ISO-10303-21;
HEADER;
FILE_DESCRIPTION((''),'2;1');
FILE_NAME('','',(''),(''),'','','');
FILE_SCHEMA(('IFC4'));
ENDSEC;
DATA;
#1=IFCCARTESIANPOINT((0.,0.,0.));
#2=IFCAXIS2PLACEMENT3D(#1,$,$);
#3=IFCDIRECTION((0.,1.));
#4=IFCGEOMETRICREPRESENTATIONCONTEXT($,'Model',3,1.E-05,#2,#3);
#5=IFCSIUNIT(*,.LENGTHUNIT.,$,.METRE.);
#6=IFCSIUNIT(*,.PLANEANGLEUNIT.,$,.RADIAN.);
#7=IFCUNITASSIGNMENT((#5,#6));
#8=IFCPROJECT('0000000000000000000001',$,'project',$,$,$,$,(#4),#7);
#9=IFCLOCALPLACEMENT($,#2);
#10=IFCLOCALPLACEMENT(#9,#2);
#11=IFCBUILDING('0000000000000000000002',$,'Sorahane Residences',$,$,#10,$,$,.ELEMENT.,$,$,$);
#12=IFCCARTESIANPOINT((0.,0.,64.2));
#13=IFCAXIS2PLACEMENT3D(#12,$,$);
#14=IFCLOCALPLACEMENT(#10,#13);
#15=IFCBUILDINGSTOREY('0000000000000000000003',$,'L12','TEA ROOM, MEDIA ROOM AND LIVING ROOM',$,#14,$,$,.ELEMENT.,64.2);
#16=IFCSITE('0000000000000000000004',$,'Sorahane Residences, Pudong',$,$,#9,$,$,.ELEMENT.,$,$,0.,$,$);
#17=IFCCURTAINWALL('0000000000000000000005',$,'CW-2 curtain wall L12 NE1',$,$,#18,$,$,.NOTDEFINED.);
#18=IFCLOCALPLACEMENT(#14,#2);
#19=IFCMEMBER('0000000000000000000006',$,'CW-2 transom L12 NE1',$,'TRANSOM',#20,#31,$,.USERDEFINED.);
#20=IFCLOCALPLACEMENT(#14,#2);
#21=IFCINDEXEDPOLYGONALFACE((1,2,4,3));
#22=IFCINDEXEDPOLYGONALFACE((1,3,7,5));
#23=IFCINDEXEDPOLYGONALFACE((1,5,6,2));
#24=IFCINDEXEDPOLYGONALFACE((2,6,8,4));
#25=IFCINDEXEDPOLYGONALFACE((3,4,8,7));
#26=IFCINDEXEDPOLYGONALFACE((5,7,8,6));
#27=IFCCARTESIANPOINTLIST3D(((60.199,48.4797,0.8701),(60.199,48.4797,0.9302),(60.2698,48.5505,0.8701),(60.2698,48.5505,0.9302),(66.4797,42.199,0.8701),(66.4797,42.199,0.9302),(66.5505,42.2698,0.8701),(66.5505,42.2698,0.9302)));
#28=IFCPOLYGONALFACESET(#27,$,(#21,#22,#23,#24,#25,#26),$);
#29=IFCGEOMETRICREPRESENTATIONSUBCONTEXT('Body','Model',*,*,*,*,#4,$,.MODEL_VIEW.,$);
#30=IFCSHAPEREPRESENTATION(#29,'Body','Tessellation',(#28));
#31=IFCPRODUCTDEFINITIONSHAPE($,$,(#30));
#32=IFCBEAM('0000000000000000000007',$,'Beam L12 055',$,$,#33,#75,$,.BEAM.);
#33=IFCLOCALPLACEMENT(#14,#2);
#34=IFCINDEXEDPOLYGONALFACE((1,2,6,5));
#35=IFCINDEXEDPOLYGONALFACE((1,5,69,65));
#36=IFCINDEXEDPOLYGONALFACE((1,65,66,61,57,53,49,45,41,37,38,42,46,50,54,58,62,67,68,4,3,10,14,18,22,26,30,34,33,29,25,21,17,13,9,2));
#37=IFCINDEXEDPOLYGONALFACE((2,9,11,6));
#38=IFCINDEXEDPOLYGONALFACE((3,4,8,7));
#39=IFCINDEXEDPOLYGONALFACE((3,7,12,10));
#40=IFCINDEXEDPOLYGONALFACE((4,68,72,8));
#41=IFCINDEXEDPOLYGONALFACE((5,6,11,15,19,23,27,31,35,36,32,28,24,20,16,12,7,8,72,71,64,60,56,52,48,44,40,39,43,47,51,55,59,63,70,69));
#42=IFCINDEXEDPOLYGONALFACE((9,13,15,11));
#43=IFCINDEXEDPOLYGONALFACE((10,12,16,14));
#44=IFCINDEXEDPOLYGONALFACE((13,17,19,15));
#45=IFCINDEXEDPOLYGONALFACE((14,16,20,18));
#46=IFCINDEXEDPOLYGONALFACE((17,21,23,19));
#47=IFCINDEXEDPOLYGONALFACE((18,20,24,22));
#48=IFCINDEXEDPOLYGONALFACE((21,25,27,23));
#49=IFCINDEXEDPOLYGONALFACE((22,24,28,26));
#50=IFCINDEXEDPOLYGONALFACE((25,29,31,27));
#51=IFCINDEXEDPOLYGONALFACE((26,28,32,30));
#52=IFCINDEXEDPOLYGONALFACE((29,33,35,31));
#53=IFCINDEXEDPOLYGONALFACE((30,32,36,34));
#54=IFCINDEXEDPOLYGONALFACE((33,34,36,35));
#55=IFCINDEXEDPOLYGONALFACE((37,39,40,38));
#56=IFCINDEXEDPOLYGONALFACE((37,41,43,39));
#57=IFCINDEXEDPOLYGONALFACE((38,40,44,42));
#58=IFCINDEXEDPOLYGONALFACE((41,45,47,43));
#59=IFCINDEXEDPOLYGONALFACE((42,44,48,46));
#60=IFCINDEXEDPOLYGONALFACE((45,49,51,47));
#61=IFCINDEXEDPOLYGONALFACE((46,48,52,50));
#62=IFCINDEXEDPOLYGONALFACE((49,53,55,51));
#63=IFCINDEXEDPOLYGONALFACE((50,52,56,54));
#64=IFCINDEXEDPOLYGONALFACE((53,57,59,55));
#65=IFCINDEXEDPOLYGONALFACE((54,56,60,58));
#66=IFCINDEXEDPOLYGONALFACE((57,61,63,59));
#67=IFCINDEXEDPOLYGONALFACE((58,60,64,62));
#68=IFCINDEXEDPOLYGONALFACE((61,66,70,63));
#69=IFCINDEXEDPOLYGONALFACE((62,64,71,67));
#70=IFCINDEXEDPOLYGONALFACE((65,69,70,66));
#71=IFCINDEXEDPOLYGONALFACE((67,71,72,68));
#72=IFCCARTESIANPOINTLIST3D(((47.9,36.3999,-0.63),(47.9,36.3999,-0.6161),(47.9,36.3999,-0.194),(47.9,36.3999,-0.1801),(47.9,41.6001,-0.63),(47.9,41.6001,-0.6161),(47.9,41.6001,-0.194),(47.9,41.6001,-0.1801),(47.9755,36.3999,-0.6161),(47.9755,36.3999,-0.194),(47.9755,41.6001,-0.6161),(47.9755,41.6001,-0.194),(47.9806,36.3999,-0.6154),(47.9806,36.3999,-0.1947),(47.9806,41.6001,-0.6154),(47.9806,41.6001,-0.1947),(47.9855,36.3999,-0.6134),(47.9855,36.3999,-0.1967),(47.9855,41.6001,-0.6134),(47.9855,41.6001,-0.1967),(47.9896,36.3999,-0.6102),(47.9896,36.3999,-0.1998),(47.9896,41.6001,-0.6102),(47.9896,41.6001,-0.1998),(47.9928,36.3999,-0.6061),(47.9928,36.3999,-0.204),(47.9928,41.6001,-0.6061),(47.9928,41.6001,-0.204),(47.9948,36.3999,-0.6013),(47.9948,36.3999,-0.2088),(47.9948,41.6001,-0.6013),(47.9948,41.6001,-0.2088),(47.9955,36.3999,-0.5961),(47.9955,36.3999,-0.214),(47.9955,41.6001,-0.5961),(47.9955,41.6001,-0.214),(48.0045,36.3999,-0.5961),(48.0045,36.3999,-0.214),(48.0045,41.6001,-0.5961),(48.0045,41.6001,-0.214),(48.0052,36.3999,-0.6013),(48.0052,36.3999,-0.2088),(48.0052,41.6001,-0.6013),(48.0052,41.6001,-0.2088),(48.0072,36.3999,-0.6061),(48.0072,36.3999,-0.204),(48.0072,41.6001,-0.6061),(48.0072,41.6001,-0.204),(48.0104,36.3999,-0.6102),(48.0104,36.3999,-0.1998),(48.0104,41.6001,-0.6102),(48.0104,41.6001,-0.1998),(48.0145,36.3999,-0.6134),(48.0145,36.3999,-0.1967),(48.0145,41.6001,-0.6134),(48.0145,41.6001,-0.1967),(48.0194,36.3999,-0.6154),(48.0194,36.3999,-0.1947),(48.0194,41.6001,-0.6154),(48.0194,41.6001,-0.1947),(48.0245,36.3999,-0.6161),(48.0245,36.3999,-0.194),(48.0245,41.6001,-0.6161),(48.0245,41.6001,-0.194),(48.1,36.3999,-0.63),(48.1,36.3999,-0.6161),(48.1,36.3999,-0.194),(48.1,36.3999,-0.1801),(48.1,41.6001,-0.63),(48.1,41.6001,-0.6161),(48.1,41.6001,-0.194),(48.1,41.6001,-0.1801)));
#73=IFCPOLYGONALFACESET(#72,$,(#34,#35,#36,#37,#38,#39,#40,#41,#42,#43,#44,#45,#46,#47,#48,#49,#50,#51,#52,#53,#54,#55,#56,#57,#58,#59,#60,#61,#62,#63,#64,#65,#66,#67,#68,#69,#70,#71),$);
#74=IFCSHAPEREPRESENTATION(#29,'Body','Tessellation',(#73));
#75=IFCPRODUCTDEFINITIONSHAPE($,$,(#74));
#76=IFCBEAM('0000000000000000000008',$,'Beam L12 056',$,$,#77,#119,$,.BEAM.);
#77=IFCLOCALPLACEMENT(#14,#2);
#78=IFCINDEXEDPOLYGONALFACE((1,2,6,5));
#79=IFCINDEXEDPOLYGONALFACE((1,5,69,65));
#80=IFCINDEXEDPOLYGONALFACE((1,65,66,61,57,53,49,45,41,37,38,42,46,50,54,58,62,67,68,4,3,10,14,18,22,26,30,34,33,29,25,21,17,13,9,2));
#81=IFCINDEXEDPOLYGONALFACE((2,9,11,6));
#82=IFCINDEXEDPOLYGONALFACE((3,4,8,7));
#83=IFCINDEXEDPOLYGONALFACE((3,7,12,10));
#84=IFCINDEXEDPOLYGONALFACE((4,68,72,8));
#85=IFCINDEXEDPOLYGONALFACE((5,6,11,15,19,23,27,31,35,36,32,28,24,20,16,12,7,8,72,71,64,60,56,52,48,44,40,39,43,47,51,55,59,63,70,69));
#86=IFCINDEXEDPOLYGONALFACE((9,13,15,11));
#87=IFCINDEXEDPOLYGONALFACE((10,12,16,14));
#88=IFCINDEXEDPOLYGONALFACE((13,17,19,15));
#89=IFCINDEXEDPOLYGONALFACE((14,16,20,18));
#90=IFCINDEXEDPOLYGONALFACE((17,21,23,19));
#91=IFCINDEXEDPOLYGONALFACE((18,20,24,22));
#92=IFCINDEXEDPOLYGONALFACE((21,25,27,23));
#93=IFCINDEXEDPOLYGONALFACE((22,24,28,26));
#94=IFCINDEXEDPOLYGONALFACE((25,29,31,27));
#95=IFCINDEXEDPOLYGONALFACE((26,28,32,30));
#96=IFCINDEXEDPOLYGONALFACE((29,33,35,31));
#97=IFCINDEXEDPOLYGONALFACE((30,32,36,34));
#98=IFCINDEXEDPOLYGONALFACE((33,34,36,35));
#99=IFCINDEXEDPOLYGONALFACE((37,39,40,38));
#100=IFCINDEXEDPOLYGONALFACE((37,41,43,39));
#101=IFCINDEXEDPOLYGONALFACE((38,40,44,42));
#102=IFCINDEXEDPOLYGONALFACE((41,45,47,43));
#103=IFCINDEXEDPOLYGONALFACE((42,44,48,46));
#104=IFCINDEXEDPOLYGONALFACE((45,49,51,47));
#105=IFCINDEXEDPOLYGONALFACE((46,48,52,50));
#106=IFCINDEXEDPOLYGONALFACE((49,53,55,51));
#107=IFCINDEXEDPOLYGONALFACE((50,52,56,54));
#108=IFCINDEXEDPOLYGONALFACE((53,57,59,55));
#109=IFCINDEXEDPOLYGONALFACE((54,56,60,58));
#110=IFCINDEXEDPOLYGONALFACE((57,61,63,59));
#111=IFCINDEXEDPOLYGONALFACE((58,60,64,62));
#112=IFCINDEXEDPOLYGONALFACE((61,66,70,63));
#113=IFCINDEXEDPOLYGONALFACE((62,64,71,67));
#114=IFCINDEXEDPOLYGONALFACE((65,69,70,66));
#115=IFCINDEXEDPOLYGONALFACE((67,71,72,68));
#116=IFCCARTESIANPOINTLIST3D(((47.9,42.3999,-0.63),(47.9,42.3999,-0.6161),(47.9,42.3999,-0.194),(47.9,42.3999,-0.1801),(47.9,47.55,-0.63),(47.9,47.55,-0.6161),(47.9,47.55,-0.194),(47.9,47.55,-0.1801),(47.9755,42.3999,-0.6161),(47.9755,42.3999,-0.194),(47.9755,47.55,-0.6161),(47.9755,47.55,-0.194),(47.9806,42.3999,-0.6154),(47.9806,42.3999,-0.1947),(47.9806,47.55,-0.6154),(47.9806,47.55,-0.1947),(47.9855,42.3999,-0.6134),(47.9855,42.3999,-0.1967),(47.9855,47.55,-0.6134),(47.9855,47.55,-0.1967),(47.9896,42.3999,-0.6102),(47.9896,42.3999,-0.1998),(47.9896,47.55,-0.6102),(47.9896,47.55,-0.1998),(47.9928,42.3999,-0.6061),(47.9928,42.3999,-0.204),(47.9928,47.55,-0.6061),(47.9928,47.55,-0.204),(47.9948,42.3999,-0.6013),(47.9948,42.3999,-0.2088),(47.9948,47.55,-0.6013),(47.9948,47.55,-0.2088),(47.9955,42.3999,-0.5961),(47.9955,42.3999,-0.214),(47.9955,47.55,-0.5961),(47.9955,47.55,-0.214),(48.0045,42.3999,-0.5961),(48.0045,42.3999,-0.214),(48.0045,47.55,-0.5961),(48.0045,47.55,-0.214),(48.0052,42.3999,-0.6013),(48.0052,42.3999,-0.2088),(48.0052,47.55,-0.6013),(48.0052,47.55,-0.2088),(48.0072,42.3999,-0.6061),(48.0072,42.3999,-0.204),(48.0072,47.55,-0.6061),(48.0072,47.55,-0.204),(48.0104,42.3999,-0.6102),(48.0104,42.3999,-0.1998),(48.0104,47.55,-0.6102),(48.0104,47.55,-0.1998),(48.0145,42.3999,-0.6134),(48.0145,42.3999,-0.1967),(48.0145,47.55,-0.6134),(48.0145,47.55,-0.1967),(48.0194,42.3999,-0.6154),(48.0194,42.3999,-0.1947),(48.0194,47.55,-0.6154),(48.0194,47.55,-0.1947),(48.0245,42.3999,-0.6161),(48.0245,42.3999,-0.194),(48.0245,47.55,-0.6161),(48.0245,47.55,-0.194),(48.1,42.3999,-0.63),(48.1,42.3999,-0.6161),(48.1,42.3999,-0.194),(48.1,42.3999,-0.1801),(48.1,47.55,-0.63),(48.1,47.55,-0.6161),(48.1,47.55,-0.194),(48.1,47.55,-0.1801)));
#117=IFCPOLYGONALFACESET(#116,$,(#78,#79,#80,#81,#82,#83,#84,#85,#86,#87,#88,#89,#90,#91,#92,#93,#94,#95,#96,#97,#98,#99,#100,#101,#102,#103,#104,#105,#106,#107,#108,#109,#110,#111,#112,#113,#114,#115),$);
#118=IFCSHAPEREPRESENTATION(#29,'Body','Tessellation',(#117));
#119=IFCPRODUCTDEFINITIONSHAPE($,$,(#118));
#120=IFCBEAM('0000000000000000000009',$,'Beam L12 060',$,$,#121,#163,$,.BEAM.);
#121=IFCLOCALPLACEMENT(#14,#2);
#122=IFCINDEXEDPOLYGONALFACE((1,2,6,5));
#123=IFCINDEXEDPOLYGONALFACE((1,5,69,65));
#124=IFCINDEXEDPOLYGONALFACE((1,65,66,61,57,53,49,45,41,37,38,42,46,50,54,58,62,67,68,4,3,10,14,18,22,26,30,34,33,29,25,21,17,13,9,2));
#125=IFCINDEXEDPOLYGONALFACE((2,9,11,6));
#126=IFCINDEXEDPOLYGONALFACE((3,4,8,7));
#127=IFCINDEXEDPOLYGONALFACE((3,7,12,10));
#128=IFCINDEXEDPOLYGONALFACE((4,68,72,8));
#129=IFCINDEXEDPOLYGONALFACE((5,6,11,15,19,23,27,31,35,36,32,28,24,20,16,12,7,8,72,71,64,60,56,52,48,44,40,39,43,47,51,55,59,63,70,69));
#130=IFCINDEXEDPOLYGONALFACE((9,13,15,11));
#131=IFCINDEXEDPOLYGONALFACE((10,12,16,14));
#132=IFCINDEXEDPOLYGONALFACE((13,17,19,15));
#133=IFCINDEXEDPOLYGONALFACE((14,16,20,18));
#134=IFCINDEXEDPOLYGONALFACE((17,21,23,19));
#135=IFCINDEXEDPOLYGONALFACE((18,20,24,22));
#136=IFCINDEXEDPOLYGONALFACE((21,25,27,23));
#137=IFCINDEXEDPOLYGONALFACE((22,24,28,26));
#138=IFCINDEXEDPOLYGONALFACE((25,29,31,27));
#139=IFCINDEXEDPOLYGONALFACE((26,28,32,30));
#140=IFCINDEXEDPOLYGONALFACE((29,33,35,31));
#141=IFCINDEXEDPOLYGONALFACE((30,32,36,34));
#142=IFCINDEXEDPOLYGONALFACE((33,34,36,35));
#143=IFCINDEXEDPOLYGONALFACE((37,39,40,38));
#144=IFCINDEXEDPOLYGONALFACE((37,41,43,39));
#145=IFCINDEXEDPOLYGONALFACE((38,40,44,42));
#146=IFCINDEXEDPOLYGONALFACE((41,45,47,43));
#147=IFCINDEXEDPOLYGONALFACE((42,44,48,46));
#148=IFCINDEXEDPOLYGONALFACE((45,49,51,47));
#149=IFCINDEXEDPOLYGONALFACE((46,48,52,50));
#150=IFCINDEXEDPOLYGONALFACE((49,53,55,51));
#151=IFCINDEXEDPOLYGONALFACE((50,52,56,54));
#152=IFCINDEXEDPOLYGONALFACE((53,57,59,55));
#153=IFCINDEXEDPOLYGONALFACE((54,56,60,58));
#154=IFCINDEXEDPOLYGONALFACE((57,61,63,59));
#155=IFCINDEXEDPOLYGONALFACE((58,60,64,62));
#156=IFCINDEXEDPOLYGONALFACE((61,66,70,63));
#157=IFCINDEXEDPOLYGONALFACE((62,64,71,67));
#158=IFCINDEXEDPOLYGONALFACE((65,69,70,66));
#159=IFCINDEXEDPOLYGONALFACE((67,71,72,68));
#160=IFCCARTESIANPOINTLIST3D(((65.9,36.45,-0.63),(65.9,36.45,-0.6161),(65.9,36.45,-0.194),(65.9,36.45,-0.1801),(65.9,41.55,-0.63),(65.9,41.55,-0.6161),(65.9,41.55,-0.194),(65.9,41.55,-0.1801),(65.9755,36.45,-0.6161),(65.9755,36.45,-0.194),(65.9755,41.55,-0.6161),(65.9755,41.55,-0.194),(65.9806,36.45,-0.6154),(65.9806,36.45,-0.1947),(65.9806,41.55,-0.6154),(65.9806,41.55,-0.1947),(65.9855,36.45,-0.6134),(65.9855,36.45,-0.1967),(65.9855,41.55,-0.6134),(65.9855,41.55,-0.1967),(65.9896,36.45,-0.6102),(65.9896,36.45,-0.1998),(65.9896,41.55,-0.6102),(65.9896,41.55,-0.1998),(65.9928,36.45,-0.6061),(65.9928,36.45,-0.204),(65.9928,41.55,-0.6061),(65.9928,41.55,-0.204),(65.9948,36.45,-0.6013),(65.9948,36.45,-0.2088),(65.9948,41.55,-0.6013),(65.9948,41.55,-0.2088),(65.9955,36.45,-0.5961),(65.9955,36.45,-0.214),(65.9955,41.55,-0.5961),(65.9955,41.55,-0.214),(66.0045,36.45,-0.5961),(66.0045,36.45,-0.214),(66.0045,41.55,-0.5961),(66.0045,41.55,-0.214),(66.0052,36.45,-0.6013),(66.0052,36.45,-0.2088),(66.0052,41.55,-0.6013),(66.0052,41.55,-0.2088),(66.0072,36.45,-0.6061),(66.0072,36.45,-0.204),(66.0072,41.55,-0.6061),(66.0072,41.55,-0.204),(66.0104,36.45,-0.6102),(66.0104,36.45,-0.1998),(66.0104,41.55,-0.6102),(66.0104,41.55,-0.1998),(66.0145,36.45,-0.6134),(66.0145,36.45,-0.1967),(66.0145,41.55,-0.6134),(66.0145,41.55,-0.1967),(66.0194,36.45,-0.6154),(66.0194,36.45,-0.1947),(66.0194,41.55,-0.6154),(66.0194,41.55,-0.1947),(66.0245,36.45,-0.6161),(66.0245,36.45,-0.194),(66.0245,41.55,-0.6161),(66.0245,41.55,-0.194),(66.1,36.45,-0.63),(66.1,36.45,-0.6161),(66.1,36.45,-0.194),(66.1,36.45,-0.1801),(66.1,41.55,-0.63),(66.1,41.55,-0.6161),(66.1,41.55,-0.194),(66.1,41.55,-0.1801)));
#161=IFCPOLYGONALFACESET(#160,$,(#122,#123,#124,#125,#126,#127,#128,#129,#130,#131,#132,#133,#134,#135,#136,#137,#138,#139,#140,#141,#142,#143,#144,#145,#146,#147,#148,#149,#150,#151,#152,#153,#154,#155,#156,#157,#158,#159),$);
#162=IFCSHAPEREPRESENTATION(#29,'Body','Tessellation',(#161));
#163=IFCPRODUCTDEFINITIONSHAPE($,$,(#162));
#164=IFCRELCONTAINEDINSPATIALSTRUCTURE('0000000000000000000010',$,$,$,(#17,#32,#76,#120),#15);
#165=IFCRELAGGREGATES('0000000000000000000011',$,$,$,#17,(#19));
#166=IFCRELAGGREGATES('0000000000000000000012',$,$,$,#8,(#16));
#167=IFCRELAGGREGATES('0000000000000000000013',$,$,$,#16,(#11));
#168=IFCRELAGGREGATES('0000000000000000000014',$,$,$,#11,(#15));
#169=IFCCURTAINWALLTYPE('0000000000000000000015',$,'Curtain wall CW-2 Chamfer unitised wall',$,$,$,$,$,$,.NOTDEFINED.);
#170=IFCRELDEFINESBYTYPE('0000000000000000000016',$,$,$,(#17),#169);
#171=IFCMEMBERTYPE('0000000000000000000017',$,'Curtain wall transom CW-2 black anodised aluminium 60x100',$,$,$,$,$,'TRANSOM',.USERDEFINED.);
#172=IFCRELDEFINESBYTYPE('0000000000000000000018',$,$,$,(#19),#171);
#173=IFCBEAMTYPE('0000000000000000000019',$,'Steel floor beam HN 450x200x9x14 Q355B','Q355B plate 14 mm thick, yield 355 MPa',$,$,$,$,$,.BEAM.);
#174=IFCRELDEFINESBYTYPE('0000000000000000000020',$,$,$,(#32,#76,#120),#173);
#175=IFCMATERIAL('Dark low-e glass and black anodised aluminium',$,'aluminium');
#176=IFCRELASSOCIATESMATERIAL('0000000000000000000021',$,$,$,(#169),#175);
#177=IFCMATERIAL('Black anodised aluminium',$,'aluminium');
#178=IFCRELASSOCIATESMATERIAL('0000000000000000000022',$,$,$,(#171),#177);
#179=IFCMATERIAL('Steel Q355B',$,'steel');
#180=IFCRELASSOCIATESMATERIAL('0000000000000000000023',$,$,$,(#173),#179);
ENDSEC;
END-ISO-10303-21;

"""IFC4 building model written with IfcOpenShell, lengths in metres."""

from ifc_helpers import new_model, si_unit, direction, frame, origin, origin_2d, place, context, subcontext, project, spatial, rectangle, i_section, extrude, material, material_profile, profile_set, type_object, element, aggregate, save


model = new_model("IFC4")

# Units and contexts
model_context = context("Model", 3, precision=1e-05, world=origin(), true_north=direction((0.0, 1.0)))
body_context = subcontext(model_context, "Body", "Model", "MODEL_VIEW")
ifc_project = project(units=[si_unit("LENGTHUNIT", "METRE"), si_unit("PLANEANGLEUNIT", "RADIAN")], contexts=[model_context])

# Site, building, storey
site_placement = place(None, origin())
site = spatial("IfcSite", under=ifc_project, at=site_placement, Name="Sorahane Residences, Pudong", CompositionType="ELEMENT", RefElevation=0.0)
building_placement = place(site_placement, origin())
building = spatial("IfcBuilding", under=site, at=building_placement, Name="Sorahane Residences", CompositionType="ELEMENT")
storey_placement = place(building_placement, frame((0.0, 0.0, 64.2)))
storey = spatial("IfcBuildingStorey", under=building, at=storey_placement, Name="L12", Description="TEA ROOM, MEDIA ROOM AND LIVING ROOM", CompositionType="ELEMENT", Elevation=64.2)

# Curtain wall
ifc_material_1 = material(Name="Dark low-e glass and black anodised aluminium", Category="aluminium")
curtain_wall_type_1 = type_object("IfcCurtainWallType", Name="Curtain wall CW-2 Chamfer unitised wall", PredefinedType="NOTDEFINED", material=ifc_material_1)
curtain_wall_1_placement = place(storey_placement, origin())
curtain_wall_1 = element("IfcCurtainWall", 1, at=curtain_wall_1_placement, inside=storey, type_object=curtain_wall_type_1, Name="CW-2 curtain wall L12 NE1", PredefinedType="NOTDEFINED")

# Member
ifc_material_2 = material(Name="Black anodised aluminium", Category="aluminium")
ifc_material_profile_1 = material_profile(ifc_material_2, rectangle(XDim=0.1001, YDim=0.0601, at=origin_2d()), Name="Curtain wall transom CW-2 black anodised aluminium 60x100")
ifc_profile_set_1 = profile_set([ifc_material_profile_1], Name="Black anodised aluminium")
member_type_1 = type_object("IfcMemberType", Name="Curtain wall transom CW-2 black anodised aluminium 60x100", ElementType="TRANSOM", PredefinedType="USERDEFINED", material=ifc_profile_set_1)
member_1_placement = place(storey_placement, frame((66.5151, 42.2344, 0.9001), z_axis=(-0.707107, 0.707107, 0.0), x_axis=(-0.707107, -0.707107, 0.0)))
member_1 = element("IfcMember", 2, at=member_1_placement, type_object=member_type_1, Name="CW-2 transom L12 NE1", ObjectType="TRANSOM", PredefinedType="USERDEFINED", context=body_context, shape_type="SweptSolid", body=[
    extrude(rectangle(XDim=0.1001, YDim=0.0601, at=origin_2d()), origin(), (0.0, 0.0, 1.0), 8.8823),
])

# Beams
ifc_material_3 = material(Name="Steel Q355B", Category="steel")
ifc_material_profile_2 = material_profile(ifc_material_3, i_section(OverallWidth=0.2, OverallDepth=0.45, WebThickness=0.009, FlangeThickness=0.0139, FilletRadius=0.02, at=origin_2d()), Name="HN 450x200x9x14")
ifc_profile_set_2 = profile_set([ifc_material_profile_2], Name="Steel Q355B")
beam_type_1 = type_object("IfcBeamType", Name="Steel floor beam HN 450x200x9x14 Q355B", Description="Q355B plate 14 mm thick, yield 355 MPa", PredefinedType="BEAM", material=ifc_profile_set_2)
beam_1_placement = place(storey_placement, frame((48.0, 36.3999, -0.405), z_axis=(0.0, 1.0, 0.0), x_axis=(-1.0, 0.0, 0.0)))
element("IfcBeam", 3, at=beam_1_placement, inside=storey, type_object=beam_type_1, Name="Beam L12 055", PredefinedType="BEAM", context=body_context, shape_type="SweptSolid", body=[
    extrude(i_section(OverallWidth=0.2, OverallDepth=0.45, WebThickness=0.009, FlangeThickness=0.0139, FilletRadius=0.02, at=origin_2d()), origin(), (0.0, 0.0, 1.0), 5.2002),
])
beam_2_placement = place(storey_placement, frame((48.0, 42.3999, -0.405), z_axis=(0.0, 1.0, 0.0), x_axis=(-1.0, 0.0, 0.0)))
element("IfcBeam", 4, at=beam_2_placement, inside=storey, type_object=beam_type_1, Name="Beam L12 056", PredefinedType="BEAM", context=body_context, shape_type="SweptSolid", body=[
    extrude(i_section(OverallWidth=0.2, OverallDepth=0.45, WebThickness=0.009, FlangeThickness=0.0139, FilletRadius=0.02, at=origin_2d()), origin(), (0.0, 0.0, 1.0), 5.1501),
])
beam_3_placement = place(storey_placement, frame((66.0, 36.45, -0.405), z_axis=(0.0, 1.0, 0.0), x_axis=(-1.0, 0.0, 0.0)))
element("IfcBeam", 5, at=beam_3_placement, inside=storey, type_object=beam_type_1, Name="Beam L12 060", PredefinedType="BEAM", context=body_context, shape_type="SweptSolid", body=[
    extrude(i_section(OverallWidth=0.2, OverallDepth=0.45, WebThickness=0.009, FlangeThickness=0.0139, FilletRadius=0.02, at=origin_2d()), origin(), (0.0, 0.0, 1.0), 5.1001),
])

aggregate(curtain_wall_1, [member_1])

save(model, "model.ifc")
